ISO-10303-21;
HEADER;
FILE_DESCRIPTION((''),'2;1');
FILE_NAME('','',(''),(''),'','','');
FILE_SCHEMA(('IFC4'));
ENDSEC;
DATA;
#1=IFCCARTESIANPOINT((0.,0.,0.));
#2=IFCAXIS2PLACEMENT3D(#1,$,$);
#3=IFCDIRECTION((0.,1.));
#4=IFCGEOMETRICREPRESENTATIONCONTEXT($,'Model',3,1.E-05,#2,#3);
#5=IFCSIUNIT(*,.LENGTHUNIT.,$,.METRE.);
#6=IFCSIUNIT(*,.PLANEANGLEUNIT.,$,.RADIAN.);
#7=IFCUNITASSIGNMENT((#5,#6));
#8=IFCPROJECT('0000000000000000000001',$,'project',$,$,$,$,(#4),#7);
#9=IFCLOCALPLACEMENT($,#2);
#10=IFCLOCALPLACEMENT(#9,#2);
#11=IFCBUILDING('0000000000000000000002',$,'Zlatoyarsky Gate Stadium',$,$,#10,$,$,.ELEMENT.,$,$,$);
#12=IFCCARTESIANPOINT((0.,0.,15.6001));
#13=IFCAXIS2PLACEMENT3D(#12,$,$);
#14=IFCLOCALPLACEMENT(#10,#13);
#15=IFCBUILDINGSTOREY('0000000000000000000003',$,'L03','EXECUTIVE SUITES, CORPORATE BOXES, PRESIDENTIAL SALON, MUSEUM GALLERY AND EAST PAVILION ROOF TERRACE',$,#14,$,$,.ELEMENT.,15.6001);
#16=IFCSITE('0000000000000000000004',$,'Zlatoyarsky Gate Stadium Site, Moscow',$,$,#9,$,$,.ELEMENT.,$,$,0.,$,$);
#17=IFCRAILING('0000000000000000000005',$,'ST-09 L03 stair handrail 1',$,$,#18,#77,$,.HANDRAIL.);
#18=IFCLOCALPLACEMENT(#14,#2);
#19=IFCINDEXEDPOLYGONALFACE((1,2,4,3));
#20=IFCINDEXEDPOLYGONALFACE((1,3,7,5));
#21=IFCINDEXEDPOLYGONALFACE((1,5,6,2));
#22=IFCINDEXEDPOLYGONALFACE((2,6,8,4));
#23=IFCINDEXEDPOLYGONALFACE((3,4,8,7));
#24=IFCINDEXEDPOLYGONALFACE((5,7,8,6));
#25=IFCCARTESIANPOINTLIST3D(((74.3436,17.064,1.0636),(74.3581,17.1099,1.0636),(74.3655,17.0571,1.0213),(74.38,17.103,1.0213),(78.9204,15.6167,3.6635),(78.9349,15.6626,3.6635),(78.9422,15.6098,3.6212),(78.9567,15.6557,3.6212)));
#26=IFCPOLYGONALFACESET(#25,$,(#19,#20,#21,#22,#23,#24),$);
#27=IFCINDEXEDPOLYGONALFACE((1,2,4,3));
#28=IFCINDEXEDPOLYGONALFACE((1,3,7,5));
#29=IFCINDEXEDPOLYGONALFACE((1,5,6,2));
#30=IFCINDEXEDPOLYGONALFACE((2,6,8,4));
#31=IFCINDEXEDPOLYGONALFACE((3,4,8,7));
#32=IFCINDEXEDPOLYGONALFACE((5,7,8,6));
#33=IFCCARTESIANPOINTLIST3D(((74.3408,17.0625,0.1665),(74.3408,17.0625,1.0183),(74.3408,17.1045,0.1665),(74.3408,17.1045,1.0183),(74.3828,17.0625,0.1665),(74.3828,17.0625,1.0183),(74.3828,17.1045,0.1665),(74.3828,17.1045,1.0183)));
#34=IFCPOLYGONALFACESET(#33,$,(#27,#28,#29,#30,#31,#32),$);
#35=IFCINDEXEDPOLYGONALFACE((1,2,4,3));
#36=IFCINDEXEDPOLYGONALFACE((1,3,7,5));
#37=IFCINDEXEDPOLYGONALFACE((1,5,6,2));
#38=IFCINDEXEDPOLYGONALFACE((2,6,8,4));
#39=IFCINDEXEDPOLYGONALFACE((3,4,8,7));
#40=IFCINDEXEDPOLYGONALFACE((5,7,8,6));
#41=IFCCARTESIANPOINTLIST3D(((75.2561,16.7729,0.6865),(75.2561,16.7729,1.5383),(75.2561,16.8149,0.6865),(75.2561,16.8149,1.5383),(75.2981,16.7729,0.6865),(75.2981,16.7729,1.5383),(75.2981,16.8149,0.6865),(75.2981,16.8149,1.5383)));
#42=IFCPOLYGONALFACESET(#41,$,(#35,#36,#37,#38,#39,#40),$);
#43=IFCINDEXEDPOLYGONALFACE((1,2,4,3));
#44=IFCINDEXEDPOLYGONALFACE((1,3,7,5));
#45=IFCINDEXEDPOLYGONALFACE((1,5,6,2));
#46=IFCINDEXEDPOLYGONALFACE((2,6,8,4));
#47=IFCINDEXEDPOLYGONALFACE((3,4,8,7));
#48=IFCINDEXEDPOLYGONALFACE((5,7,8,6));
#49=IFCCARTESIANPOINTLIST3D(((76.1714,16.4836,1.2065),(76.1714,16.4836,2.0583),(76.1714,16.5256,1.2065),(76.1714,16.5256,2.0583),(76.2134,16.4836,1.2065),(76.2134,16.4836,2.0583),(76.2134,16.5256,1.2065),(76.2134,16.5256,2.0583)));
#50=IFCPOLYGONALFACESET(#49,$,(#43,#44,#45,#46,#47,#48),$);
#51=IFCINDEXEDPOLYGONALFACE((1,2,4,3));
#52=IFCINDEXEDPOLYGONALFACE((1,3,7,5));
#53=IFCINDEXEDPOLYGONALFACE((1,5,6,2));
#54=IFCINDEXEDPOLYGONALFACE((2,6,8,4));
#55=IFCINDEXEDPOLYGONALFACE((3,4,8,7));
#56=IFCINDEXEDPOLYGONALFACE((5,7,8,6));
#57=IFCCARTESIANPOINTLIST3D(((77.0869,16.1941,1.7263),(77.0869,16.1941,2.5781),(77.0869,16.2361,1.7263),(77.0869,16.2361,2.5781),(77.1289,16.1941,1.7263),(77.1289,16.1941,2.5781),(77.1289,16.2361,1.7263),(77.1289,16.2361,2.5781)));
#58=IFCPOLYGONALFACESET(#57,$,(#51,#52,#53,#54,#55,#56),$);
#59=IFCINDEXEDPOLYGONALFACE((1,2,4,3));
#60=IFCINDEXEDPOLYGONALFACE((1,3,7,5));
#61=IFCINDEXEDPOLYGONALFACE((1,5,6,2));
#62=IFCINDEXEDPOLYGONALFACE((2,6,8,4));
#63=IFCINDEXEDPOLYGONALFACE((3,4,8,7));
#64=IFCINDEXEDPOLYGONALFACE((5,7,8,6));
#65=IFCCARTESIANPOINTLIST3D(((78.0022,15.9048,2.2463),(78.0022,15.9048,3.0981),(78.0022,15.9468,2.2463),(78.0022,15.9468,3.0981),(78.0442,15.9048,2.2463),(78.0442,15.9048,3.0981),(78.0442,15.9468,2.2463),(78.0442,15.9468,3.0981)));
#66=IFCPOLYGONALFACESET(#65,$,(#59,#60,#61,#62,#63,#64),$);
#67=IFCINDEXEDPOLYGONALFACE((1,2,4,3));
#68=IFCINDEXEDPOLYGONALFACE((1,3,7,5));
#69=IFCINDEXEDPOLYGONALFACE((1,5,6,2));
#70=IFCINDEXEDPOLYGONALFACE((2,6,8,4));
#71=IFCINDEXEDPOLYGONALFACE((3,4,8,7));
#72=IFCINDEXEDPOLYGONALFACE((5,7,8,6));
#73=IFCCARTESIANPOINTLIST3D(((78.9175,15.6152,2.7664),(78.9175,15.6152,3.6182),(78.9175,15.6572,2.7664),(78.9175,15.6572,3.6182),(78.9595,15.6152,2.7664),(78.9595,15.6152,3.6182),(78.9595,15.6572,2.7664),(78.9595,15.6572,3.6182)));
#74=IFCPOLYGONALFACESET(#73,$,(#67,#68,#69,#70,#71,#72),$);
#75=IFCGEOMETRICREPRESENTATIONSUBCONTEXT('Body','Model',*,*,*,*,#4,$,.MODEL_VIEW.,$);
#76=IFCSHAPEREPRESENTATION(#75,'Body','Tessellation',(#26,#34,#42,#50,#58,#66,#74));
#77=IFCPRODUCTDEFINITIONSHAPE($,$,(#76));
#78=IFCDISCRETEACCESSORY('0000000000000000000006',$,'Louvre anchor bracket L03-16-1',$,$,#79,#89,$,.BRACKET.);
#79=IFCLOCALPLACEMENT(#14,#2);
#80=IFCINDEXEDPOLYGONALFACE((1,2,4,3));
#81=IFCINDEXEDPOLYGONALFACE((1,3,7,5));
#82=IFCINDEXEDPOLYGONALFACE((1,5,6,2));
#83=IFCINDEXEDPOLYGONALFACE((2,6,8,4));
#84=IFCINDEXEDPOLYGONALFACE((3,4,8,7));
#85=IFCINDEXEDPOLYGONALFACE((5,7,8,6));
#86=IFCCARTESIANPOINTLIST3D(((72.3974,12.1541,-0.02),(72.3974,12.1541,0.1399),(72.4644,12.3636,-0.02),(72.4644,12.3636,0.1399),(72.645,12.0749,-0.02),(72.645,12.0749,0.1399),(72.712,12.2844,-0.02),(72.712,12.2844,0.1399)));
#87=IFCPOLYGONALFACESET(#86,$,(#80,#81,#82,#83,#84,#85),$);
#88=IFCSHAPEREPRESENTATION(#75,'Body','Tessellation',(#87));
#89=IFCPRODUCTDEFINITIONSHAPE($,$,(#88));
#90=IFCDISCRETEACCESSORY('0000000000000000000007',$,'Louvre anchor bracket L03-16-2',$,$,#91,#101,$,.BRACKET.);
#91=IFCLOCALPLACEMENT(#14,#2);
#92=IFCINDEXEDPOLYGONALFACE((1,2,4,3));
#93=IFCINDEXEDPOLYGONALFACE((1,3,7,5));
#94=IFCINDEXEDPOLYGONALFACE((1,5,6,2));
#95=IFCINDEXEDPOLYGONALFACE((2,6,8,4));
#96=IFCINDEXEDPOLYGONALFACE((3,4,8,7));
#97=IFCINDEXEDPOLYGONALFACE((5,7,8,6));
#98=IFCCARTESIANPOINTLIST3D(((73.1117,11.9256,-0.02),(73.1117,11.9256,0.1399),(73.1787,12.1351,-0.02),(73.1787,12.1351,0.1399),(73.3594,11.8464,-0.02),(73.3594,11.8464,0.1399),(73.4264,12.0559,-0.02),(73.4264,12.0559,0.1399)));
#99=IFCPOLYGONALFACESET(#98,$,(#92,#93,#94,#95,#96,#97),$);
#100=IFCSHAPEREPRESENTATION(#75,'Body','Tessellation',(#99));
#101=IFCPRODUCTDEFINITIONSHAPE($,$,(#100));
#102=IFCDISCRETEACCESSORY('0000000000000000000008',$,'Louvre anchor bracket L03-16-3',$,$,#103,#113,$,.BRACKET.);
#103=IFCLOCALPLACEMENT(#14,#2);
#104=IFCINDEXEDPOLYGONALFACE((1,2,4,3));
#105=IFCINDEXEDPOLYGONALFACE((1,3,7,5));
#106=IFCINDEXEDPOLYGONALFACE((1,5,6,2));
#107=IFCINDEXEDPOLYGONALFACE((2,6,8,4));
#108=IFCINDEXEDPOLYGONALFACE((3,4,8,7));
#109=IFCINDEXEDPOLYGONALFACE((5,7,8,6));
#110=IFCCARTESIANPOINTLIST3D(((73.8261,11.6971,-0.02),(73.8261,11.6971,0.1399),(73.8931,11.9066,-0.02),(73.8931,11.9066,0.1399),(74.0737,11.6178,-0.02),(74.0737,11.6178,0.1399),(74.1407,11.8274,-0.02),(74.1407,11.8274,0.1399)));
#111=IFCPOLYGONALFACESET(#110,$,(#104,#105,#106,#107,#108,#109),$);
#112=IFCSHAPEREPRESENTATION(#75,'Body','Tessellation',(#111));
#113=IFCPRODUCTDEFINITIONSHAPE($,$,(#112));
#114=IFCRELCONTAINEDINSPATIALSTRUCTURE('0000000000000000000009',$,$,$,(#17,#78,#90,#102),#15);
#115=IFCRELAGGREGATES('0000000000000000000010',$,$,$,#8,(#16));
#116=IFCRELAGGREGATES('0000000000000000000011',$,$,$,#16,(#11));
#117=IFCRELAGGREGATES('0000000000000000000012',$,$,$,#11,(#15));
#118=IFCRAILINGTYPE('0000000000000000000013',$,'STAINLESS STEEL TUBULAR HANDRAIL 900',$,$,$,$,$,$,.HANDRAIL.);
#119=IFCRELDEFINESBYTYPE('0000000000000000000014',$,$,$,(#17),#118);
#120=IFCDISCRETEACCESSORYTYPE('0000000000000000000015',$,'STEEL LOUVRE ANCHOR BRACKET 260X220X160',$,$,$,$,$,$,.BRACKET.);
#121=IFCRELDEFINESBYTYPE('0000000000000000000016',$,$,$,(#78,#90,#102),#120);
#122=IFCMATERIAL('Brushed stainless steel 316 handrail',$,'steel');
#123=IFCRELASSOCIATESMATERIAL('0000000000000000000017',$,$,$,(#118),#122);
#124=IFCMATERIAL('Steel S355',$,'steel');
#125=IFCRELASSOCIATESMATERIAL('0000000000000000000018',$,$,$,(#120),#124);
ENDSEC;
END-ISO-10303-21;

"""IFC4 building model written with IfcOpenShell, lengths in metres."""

from ifc_helpers import new_model, si_unit, direction, frame, origin, origin_2d, place, context, subcontext, project, spatial, rectangle, extrude, material, type_object, element, save


model = new_model("IFC4")

# Units and contexts
model_context = context("Model", 3, precision=1e-05, world=origin(), true_north=direction((0.0, 1.0)))
body_context = subcontext(model_context, "Body", "Model", "MODEL_VIEW")
ifc_project = project(units=[si_unit("LENGTHUNIT", "METRE"), si_unit("PLANEANGLEUNIT", "RADIAN")], contexts=[model_context])

# Site, building, storey
site_placement = place(None, origin())
site = spatial("IfcSite", under=ifc_project, at=site_placement, Name="Zlatoyarsky Gate Stadium Site, Moscow", CompositionType="ELEMENT", RefElevation=0.0)
building_placement = place(site_placement, origin())
building = spatial("IfcBuilding", under=site, at=building_placement, Name="Zlatoyarsky Gate Stadium", CompositionType="ELEMENT")
storey_placement = place(building_placement, frame((0.0, 0.0, 15.6001)))
storey = spatial("IfcBuildingStorey", under=building, at=storey_placement, Name="L03", Description="EXECUTIVE SUITES, CORPORATE BOXES, PRESIDENTIAL SALON, MUSEUM GALLERY AND EAST PAVILION ROOF TERRACE", CompositionType="ELEMENT", Elevation=15.6001)

# Shared definitions
ifc_material_1 = material(Name="Steel S355", Category="steel")

# Railing
ifc_material_2 = material(Name="Brushed stainless steel 316 handrail", Category="steel")
railing_type = type_object("IfcRailingType", Name="STAINLESS STEEL TUBULAR HANDRAIL 900", PredefinedType="HANDRAIL", material=ifc_material_2)
railing_placement = place(storey_placement, frame((74.3618, 17.0835, 0.1665)))
element("IfcRailing", 1, at=railing_placement, inside=storey, type_object=railing_type, Name="ST-09 L03 stair handrail 1", PredefinedType="HANDRAIL", context=body_context, shape_type="SweptSolid", body=[
    extrude(rectangle(XDim=0.0481, YDim=0.0481, at=origin_2d()), frame((0.0, 0.0, 0.876), z_axis=(0.838384, -0.26512, 0.476259), x_axis=(0.301511, 0.953463, 0.0)), (0.0, 0.0, 1.0), 5.459),
    extrude(rectangle(XDim=0.042, YDim=0.042, at=origin_2d()), origin(), (0.0, 0.0, 1.0), 0.8518),
    extrude(rectangle(XDim=0.042, YDim=0.042, at=origin_2d()), frame((0.9153, -0.2896, 0.52)), (0.0, 0.0, 1.0), 0.8518),
    extrude(rectangle(XDim=0.042, YDim=0.042, at=origin_2d()), frame((1.8306, -0.5789, 1.04)), (0.0, 0.0, 1.0), 0.8518),
    extrude(rectangle(XDim=0.042, YDim=0.042, at=origin_2d()), frame((2.7461, -0.8684, 1.5598)), (0.0, 0.0, 1.0), 0.8518),
    extrude(rectangle(XDim=0.042, YDim=0.042, at=origin_2d()), frame((3.6614, -1.1577, 2.0798)), (0.0, 0.0, 1.0), 0.8518),
    extrude(rectangle(XDim=0.042, YDim=0.042, at=origin_2d()), frame((4.5767, -1.4473, 2.5999)), (0.0, 0.0, 1.0), 0.8518),
])

# Discrete accessories
discrete_accessory_type = type_object("IfcDiscreteAccessoryType", Name="STEEL LOUVRE ANCHOR BRACKET 260X220X160", PredefinedType="BRACKET", material=ifc_material_1)
for number, where, z_axis, x_axis, name in (
    (2, (72.5547, 12.2192, -0.02), (0.0, 0.0, 1.0), (0.952451, -0.304691, 0.0), "Louvre anchor bracket L03-16-1"),
    (3, (73.269, 11.9907, -0.02), (0.0, 0.0, 1.0), (0.952451, -0.304691, 0.0), "Louvre anchor bracket L03-16-2"),
    (4, (73.9834, 11.7622, -0.02), (0.0, 0.0, 1.0), (0.952451, -0.304691, 0.0), "Louvre anchor bracket L03-16-3"),
):
    element("IfcDiscreteAccessory", number, at=place(storey_placement, frame(where, z_axis=z_axis, x_axis=x_axis)), inside=storey, type_object=discrete_accessory_type, Name=name, PredefinedType="BRACKET", context=body_context, shape_type="SweptSolid", body=[
        extrude(rectangle(XDim=0.26, YDim=0.22, at=origin_2d()), origin(), (0.0, 0.0, 1.0), 0.1599),
    ])

save(model, "model.ifc")
